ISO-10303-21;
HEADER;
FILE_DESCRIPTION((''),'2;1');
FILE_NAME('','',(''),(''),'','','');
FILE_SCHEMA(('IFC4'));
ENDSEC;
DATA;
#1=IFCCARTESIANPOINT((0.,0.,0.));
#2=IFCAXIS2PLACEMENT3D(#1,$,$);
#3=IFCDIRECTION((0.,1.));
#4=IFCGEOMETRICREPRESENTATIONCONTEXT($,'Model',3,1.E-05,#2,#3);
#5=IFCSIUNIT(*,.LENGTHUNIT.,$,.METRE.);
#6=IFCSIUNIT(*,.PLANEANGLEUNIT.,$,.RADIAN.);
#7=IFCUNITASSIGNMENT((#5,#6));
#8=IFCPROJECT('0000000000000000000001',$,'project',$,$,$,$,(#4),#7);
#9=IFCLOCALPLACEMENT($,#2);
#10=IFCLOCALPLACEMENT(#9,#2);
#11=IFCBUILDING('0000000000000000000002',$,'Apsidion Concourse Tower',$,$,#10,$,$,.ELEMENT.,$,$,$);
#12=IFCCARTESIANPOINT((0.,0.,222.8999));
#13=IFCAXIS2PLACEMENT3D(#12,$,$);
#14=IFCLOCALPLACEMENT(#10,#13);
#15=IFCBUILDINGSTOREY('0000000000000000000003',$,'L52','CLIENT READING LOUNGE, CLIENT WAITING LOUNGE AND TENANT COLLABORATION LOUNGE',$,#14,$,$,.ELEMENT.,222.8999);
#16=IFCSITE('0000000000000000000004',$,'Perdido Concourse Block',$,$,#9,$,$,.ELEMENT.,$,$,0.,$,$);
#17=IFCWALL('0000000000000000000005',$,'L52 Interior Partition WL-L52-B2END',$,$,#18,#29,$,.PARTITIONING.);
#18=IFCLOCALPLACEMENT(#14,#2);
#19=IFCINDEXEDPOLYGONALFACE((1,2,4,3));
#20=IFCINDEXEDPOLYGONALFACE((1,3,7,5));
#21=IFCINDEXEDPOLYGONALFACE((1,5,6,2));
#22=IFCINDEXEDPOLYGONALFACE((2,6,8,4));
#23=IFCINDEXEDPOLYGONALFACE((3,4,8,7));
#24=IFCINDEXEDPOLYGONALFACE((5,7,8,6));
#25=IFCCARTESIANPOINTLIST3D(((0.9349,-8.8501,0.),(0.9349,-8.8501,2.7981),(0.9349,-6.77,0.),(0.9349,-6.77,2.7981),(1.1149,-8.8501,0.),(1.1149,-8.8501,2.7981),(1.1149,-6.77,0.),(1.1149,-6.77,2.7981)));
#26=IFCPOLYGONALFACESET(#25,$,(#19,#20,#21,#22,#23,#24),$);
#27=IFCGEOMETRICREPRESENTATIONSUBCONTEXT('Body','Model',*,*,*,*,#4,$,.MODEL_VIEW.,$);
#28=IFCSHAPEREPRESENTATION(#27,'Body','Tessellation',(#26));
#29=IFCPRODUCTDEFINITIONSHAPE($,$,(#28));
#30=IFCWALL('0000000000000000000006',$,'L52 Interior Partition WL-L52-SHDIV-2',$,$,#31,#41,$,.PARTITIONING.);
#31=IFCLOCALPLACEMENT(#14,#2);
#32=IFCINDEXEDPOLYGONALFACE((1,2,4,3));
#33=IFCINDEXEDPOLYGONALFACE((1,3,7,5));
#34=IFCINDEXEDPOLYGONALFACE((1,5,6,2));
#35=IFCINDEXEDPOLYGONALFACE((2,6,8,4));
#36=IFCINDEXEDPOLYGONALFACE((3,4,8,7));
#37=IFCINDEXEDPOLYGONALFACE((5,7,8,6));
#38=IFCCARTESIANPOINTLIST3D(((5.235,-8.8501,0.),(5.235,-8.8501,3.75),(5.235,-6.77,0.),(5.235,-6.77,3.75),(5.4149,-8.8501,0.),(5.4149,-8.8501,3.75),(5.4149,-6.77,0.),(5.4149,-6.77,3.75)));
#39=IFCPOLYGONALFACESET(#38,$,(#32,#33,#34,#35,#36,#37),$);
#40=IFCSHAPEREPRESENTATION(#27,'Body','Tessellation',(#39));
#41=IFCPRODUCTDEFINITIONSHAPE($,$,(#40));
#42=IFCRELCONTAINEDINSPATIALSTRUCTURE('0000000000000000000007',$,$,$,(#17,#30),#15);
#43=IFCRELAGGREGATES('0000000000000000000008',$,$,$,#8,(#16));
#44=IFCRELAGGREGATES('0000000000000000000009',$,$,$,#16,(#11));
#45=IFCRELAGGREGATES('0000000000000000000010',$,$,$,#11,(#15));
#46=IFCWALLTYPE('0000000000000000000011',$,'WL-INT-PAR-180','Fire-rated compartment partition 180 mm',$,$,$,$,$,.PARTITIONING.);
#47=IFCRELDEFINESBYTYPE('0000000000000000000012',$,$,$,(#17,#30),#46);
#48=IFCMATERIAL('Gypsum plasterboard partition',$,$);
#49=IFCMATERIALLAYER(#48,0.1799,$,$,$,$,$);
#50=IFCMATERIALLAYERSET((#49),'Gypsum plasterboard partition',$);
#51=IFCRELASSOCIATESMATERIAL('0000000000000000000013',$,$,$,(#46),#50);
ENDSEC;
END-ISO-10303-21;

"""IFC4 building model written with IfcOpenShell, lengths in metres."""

from ifc_helpers import new_model, si_unit, direction, frame, frame_2d, origin, place, context, subcontext, project, spatial, rectangle, extrude, material, layer, layer_set, type_object, element, save


model = new_model("IFC4")

# Units and contexts
model_context = context("Model", 3, precision=1e-05, world=origin(), true_north=direction((0.0, 1.0)))
body_context = subcontext(model_context, "Body", "Model", "MODEL_VIEW")
ifc_project = project(units=[si_unit("LENGTHUNIT", "METRE"), si_unit("PLANEANGLEUNIT", "RADIAN")], contexts=[model_context])

# Site, building, storey
site_placement = place(None, origin())
site = spatial("IfcSite", under=ifc_project, at=site_placement, Name="Perdido Concourse Block", CompositionType="ELEMENT", RefElevation=0.0)
building_placement = place(site_placement, origin())
building = spatial("IfcBuilding", under=site, at=building_placement, Name="Apsidion Concourse Tower", CompositionType="ELEMENT")
storey_placement = place(building_placement, frame((0.0, 0.0, 222.8999)))
storey = spatial("IfcBuildingStorey", under=building, at=storey_placement, Name="L52", Description="CLIENT READING LOUNGE, CLIENT WAITING LOUNGE AND TENANT COLLABORATION LOUNGE", CompositionType="ELEMENT", Elevation=222.8999)

# Walls
ifc_material_1 = material(Name="Gypsum plasterboard partition")
ifc_layer_1 = layer(ifc_material_1, 0.1799)
ifc_layer_set_1 = layer_set([ifc_layer_1], Name="Gypsum plasterboard partition")
wall_type_1 = type_object("IfcWallType", Name="WL-INT-PAR-180", Description="Fire-rated compartment partition 180 mm", PredefinedType="PARTITIONING", material=ifc_layer_set_1)
wall_1_placement = place(storey_placement, frame((1.0249, -8.8501, 0.0), z_axis=(0.0, 0.0, 1.0), x_axis=(0.0, 1.0, 0.0)))
element("IfcWall", 1, at=wall_1_placement, inside=storey, type_object=wall_type_1, Name="L52 Interior Partition WL-L52-B2END", PredefinedType="PARTITIONING", context=body_context, shape_type="SweptSolid", body=[
    extrude(rectangle(XDim=2.0801, YDim=0.1799, at=frame_2d((1.04, 0.0))), origin(), (0.0, 0.0, 1.0), 2.7981),
])
wall_2_placement = place(storey_placement, frame((5.325, -8.8501, 0.0), z_axis=(0.0, 0.0, 1.0), x_axis=(0.0, 1.0, 0.0)))
element("IfcWall", 2, at=wall_2_placement, inside=storey, type_object=wall_type_1, Name="L52 Interior Partition WL-L52-SHDIV-2", PredefinedType="PARTITIONING", context=body_context, shape_type="SweptSolid", body=[
    extrude(rectangle(XDim=2.0801, YDim=0.1799, at=frame_2d((1.04, 0.0))), origin(), (0.0, 0.0, 1.0), 3.75),
])

save(model, "model.ifc")
